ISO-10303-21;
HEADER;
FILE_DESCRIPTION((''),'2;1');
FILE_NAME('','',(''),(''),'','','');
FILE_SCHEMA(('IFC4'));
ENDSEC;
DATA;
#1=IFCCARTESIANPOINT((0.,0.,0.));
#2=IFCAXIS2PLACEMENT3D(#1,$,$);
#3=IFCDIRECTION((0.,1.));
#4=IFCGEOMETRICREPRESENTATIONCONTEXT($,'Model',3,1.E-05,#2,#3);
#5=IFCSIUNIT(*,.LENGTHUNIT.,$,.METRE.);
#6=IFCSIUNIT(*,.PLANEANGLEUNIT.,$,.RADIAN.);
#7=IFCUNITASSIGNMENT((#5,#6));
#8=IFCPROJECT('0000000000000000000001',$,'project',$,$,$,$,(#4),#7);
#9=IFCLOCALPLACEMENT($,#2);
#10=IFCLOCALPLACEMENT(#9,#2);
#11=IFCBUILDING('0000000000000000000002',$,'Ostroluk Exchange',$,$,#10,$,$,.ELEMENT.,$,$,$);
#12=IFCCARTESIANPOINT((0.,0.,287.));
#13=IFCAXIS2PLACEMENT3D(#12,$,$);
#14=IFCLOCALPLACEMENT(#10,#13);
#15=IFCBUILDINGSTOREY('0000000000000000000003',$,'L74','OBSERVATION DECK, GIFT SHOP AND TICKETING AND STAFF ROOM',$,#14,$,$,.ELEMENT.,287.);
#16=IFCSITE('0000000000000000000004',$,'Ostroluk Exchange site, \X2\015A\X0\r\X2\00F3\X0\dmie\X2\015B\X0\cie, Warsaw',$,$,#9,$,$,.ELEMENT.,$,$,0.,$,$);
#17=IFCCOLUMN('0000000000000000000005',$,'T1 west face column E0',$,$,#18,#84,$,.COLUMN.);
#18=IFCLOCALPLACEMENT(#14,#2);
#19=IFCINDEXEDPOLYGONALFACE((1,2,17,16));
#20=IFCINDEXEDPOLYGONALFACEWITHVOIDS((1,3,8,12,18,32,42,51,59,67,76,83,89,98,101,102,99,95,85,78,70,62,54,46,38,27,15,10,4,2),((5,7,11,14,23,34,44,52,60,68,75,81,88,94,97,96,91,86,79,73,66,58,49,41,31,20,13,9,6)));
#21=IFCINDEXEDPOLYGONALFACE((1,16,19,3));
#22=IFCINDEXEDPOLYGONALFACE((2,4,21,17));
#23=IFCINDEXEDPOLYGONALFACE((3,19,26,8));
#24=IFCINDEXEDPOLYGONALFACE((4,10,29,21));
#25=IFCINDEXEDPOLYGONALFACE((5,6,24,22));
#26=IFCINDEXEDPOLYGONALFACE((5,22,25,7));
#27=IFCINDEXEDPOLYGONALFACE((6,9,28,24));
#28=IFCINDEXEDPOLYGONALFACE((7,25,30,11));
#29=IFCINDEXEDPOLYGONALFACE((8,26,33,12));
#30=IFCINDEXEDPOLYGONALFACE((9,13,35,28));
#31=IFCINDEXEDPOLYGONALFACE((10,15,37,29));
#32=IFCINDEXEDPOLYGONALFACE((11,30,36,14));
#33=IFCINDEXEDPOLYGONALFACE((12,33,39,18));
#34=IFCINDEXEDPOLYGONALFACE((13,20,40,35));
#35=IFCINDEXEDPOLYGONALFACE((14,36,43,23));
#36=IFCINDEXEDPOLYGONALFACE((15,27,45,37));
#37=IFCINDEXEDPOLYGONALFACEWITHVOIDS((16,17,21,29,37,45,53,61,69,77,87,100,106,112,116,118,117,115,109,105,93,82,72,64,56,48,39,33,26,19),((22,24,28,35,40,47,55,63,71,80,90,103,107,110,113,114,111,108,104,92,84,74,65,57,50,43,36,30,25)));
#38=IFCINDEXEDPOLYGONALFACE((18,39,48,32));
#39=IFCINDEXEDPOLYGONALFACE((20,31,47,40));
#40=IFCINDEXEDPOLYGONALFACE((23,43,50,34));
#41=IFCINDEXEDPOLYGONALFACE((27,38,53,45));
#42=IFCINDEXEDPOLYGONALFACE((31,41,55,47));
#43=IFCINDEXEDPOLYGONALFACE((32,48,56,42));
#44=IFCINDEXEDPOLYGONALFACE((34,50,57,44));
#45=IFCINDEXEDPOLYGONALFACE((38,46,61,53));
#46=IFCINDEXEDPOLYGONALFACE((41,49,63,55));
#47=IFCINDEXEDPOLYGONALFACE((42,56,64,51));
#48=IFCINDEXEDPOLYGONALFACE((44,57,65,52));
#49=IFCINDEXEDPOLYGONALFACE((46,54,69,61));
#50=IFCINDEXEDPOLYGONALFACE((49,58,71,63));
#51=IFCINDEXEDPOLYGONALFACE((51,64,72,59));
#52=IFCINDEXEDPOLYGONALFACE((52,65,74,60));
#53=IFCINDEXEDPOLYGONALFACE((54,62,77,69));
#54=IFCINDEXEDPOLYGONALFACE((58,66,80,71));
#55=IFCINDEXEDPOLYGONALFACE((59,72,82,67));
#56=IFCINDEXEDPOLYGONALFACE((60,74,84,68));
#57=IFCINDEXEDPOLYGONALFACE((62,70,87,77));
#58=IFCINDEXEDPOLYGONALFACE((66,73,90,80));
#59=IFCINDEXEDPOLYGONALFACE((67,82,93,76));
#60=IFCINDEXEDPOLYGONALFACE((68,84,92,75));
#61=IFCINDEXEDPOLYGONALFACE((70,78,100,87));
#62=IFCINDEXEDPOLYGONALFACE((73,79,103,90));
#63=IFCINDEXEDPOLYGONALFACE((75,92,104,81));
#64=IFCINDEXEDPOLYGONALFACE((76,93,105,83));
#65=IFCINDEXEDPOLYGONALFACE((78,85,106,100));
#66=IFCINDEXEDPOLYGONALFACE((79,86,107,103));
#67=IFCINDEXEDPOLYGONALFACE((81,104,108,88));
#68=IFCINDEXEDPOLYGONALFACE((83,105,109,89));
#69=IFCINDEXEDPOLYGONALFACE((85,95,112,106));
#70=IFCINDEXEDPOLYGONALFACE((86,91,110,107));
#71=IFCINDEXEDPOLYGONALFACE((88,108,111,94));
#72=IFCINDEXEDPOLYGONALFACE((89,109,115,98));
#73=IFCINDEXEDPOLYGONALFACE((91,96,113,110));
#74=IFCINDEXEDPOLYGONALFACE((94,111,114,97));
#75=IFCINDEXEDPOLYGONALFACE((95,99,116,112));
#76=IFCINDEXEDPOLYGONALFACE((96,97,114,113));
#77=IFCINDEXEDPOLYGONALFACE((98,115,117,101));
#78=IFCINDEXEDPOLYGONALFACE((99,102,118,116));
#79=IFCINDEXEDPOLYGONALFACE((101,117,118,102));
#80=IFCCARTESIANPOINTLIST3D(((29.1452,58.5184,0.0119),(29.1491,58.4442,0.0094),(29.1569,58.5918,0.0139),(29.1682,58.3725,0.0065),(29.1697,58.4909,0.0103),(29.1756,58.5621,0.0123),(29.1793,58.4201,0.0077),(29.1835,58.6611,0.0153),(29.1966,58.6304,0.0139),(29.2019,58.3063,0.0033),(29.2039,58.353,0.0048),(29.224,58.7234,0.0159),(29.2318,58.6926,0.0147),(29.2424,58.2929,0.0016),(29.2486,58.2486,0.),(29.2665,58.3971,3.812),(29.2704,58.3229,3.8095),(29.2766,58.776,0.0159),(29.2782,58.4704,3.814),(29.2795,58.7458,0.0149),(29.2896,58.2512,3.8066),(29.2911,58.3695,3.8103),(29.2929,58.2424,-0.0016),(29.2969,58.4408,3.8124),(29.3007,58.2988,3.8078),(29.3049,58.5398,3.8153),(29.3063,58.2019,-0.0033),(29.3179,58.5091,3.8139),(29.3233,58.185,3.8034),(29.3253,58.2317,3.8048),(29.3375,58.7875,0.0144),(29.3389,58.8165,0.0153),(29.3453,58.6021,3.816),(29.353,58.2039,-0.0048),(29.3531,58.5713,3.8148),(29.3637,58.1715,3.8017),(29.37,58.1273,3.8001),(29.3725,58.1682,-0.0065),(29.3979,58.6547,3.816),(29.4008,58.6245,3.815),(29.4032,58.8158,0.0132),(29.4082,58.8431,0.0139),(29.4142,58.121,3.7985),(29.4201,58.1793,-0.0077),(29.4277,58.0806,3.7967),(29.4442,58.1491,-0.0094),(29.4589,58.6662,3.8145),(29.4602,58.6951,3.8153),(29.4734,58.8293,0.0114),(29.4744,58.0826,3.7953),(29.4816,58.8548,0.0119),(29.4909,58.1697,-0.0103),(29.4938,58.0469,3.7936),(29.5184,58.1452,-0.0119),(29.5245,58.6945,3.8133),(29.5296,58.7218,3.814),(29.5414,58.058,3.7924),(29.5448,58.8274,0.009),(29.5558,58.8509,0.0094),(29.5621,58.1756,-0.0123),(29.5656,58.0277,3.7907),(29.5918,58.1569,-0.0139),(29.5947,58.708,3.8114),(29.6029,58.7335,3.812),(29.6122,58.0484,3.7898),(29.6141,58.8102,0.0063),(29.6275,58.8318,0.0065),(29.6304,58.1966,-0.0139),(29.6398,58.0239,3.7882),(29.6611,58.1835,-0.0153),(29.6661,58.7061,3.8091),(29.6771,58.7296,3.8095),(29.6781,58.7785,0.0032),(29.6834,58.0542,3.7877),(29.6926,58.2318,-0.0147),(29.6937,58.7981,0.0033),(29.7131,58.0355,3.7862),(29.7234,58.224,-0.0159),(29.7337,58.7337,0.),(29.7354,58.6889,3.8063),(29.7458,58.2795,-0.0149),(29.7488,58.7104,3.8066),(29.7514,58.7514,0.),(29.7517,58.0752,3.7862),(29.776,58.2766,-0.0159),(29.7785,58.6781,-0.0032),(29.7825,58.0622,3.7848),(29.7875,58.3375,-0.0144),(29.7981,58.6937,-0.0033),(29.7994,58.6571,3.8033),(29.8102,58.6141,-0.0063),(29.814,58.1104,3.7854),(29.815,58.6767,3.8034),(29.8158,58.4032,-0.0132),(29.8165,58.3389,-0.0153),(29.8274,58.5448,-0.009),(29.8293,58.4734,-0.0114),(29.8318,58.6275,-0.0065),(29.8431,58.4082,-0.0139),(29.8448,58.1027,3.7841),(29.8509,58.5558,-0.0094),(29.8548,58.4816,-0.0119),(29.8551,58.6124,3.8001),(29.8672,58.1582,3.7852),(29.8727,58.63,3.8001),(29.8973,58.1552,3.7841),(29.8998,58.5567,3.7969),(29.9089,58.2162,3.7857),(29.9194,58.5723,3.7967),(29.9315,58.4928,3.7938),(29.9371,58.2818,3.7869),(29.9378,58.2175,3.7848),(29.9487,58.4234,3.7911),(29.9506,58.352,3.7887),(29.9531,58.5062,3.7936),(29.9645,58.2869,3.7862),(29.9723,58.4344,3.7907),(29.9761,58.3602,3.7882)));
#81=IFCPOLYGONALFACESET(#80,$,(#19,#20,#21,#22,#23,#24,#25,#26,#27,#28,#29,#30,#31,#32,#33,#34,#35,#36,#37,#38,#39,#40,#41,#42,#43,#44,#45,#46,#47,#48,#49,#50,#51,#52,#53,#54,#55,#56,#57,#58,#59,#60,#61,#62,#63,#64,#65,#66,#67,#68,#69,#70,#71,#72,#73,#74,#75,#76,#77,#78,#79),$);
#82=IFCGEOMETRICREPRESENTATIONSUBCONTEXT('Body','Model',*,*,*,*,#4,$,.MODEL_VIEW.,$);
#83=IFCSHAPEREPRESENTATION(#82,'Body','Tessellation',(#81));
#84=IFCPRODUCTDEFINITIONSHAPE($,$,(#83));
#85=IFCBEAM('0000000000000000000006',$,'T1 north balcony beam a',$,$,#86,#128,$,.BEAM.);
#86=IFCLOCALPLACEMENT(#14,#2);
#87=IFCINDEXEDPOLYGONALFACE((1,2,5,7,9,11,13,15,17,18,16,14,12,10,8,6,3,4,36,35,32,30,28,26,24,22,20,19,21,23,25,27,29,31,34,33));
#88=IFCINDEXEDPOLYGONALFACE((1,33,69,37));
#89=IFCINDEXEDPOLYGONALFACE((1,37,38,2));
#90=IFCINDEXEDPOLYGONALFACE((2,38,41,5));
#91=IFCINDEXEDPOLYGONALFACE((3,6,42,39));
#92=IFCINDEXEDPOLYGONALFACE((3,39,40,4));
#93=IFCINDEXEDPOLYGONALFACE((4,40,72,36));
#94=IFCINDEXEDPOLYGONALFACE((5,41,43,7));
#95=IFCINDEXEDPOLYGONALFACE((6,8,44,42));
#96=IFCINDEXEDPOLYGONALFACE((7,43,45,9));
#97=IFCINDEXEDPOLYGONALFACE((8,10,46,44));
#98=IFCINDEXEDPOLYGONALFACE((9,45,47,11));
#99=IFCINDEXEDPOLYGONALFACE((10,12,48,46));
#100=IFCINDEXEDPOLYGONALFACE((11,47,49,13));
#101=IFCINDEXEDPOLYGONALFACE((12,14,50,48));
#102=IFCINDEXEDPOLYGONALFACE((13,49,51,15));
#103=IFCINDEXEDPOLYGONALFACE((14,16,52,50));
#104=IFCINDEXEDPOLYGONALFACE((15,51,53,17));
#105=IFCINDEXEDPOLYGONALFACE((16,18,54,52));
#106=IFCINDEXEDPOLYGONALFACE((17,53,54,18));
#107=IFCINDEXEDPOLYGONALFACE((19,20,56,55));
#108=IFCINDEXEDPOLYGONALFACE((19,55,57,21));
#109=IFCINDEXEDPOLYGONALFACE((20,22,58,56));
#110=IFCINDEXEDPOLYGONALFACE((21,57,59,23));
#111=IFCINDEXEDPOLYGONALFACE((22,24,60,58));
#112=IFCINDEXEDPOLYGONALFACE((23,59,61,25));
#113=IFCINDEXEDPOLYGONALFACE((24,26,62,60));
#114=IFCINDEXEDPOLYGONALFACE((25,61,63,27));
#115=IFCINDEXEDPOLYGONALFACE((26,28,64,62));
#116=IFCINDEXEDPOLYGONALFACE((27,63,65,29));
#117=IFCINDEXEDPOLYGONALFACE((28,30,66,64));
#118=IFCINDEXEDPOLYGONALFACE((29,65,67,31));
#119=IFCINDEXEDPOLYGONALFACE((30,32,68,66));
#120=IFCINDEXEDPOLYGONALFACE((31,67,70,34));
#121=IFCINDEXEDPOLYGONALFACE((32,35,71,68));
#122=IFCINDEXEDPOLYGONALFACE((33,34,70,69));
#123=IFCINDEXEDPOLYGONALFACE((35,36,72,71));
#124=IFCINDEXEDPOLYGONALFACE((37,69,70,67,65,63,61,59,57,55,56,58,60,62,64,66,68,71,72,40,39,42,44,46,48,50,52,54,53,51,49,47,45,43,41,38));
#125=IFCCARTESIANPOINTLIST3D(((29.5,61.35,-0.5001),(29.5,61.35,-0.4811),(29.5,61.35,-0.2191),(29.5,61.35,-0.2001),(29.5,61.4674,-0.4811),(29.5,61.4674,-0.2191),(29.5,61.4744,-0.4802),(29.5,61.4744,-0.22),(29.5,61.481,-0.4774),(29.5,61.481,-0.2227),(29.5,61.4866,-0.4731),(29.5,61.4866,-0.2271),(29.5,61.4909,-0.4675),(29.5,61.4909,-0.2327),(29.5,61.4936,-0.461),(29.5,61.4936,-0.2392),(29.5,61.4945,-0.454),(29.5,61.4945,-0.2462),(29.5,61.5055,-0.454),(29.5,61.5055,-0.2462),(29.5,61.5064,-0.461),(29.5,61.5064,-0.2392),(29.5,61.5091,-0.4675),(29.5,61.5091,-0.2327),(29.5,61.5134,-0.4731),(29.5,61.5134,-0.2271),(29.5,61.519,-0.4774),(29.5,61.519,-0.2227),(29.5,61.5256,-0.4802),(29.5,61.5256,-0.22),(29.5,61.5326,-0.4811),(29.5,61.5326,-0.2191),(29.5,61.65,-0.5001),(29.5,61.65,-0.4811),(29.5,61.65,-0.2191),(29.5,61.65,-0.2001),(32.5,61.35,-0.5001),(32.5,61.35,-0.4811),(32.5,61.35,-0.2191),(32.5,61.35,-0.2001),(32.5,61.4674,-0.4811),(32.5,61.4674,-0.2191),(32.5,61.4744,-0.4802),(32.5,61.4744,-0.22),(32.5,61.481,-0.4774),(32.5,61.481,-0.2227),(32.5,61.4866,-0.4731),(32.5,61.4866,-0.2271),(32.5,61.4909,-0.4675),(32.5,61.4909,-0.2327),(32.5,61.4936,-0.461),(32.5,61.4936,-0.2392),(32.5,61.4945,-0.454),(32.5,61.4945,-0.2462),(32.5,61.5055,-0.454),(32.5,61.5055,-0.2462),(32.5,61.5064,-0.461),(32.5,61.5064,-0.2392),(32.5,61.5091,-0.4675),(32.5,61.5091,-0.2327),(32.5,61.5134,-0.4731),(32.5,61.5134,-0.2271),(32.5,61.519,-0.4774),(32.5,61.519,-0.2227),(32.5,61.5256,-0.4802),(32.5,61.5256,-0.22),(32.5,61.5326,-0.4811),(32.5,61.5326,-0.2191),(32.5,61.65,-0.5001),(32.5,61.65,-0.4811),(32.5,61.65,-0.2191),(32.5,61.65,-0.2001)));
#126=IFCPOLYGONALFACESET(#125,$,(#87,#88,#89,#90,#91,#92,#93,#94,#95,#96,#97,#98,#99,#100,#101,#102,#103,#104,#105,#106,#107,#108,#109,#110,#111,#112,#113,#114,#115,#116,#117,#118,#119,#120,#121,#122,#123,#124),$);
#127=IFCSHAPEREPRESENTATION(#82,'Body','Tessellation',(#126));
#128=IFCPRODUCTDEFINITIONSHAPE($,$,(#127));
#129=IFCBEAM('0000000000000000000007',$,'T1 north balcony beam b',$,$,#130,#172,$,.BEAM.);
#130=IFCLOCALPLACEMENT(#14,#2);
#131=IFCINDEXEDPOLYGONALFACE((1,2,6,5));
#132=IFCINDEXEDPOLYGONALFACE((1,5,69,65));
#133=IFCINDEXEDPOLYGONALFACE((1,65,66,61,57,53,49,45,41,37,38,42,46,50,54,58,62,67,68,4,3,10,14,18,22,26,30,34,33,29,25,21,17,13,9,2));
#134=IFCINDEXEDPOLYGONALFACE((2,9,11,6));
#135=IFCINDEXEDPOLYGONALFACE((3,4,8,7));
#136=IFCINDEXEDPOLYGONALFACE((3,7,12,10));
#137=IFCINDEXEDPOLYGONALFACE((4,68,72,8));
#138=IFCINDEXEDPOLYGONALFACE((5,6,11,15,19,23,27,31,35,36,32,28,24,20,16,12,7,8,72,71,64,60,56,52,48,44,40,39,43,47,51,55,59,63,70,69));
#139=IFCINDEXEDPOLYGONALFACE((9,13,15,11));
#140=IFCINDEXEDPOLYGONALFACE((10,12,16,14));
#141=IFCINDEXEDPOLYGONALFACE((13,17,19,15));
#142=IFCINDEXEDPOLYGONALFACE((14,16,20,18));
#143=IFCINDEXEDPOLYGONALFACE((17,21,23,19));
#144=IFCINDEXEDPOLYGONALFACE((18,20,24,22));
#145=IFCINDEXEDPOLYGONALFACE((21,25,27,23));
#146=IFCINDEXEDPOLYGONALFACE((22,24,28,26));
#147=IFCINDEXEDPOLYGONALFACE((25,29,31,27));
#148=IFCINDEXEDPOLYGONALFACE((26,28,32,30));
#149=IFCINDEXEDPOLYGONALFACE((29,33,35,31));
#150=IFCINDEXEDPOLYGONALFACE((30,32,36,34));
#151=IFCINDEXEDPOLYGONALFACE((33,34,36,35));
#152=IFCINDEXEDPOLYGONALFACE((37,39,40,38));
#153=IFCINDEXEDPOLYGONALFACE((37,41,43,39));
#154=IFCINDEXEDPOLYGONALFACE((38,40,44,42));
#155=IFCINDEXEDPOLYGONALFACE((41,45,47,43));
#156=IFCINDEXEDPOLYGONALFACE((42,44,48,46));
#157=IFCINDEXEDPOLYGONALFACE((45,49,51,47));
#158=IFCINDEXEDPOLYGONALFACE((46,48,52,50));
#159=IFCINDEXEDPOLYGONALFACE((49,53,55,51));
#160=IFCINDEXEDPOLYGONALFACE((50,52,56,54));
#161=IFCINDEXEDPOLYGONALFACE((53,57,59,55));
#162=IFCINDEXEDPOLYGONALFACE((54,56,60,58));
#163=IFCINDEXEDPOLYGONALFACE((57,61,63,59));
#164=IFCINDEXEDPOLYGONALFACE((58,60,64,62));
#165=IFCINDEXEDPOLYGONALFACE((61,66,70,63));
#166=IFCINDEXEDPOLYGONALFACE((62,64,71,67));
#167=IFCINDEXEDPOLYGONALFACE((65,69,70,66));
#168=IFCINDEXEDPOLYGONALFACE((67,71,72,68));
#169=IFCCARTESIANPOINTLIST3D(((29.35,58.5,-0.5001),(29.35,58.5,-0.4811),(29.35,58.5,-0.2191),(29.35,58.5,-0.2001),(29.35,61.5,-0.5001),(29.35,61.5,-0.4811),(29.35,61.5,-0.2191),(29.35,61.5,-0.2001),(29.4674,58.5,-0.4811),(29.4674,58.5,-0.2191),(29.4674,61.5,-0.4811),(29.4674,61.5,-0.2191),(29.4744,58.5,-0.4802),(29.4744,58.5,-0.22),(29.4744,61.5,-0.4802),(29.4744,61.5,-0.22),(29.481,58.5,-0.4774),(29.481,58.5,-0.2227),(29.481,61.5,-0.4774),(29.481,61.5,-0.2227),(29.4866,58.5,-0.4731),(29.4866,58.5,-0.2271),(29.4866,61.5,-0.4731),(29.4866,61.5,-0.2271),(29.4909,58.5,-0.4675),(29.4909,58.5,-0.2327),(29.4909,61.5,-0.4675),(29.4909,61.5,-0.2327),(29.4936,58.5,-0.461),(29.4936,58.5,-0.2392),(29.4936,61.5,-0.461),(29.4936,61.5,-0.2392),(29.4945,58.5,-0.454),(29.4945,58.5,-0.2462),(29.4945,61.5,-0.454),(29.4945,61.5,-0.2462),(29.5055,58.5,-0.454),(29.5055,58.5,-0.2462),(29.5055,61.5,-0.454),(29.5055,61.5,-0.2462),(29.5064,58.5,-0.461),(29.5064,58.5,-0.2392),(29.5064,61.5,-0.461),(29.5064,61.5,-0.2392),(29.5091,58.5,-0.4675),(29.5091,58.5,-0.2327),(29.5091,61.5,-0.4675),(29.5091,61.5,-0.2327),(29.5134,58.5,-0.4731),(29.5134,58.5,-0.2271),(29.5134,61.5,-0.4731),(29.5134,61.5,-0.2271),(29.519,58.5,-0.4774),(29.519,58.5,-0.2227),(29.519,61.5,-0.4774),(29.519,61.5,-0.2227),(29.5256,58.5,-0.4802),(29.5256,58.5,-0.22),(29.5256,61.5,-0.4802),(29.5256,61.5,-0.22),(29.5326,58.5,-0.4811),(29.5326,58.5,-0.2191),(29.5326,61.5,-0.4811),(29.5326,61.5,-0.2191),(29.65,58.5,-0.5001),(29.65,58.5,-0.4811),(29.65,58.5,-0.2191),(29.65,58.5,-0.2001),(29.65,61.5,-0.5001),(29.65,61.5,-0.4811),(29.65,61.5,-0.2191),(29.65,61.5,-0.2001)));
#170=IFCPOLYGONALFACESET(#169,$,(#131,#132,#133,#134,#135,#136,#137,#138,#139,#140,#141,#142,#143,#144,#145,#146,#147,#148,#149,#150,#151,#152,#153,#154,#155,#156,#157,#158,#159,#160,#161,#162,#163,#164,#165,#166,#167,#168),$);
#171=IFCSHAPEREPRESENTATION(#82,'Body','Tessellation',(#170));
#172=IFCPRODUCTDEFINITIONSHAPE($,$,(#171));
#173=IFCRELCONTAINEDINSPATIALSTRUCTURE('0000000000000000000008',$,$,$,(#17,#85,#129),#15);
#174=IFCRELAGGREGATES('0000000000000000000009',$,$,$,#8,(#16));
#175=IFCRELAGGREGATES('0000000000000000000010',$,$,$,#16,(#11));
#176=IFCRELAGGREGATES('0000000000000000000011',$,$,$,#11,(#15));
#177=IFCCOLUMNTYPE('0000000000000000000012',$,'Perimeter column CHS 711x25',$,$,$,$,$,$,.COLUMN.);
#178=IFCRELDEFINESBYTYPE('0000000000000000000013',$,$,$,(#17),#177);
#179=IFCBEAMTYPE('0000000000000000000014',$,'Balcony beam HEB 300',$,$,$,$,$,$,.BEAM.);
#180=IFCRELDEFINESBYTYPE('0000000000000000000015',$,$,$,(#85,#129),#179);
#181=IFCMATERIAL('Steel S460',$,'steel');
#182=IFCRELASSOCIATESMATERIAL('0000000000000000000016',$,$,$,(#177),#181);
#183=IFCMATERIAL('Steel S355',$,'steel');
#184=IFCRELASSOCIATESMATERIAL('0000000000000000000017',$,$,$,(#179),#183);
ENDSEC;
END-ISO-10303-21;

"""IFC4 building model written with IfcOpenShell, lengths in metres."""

from ifc_helpers import new_model, si_unit, direction, frame, origin, origin_2d, place, context, subcontext, project, spatial, hollow_circle, i_section, extrude, material, material_profile, profile_set, type_object, element, save


model = new_model("IFC4")

# Units and contexts
model_context = context("Model", 3, precision=1e-05, world=origin(), true_north=direction((0.0, 1.0)))
body_context = subcontext(model_context, "Body", "Model", "MODEL_VIEW")
ifc_project = project(units=[si_unit("LENGTHUNIT", "METRE"), si_unit("PLANEANGLEUNIT", "RADIAN")], contexts=[model_context])

# Site, building, storey
site_placement = place(None, origin())
site = spatial("IfcSite", under=ifc_project, at=site_placement, Name="Ostroluk Exchange site, Śródmieście, Warsaw", CompositionType="ELEMENT", RefElevation=0.0)
building_placement = place(site_placement, origin())
building = spatial("IfcBuilding", under=site, at=building_placement, Name="Ostroluk Exchange", CompositionType="ELEMENT")
storey_placement = place(building_placement, frame((0.0, 0.0, 287.0)))
storey = spatial("IfcBuildingStorey", under=building, at=storey_placement, Name="L74", Description="OBSERVATION DECK, GIFT SHOP AND TICKETING AND STAFF ROOM", CompositionType="ELEMENT", Elevation=287.0)

# Column
ifc_material_1 = material(Name="Steel S460", Category="steel")
ifc_material_profile_1 = material_profile(ifc_material_1, hollow_circle(Radius=0.3555, WallThickness=0.0249, at=origin_2d()), Name="CHS 711x25")
ifc_profile_set_1 = profile_set([ifc_material_profile_1], Name="Steel S460")
column_type_1 = type_object("IfcColumnType", Name="Perimeter column CHS 711x25", PredefinedType="COLUMN", material=ifc_profile_set_1)
column_1_placement = place(storey_placement, frame((29.5, 58.5, 0.0), z_axis=(0.031898, -0.031898, 0.998982), x_axis=(0.707107, 0.707107, 0.0)))
element("IfcColumn", 1, at=column_1_placement, inside=storey, type_object=column_type_1, Name="T1 west face column E0", PredefinedType="COLUMN", context=body_context, shape_type="SweptSolid", body=[
    extrude(hollow_circle(Radius=0.3555, WallThickness=0.0249, at=origin_2d()), origin(), (0.0, 0.0, 1.0), 3.804),
])

# Beams
ifc_material_2 = material(Name="Steel S355", Category="steel")
ifc_material_profile_2 = material_profile(ifc_material_2, i_section(OverallWidth=0.3, OverallDepth=0.3, WebThickness=0.011, FlangeThickness=0.019, FilletRadius=0.0271, at=origin_2d()), Name="HEB 300")
ifc_profile_set_2 = profile_set([ifc_material_profile_2], Name="Steel S355")
beam_type_1 = type_object("IfcBeamType", Name="Balcony beam HEB 300", PredefinedType="BEAM", material=ifc_profile_set_2)
for number, where, z_axis, x_axis, name in (
    (2, (32.5, 61.5, -0.3501), (-1.0, 0.0, 0.0), (0.0, -1.0, 0.0), "T1 north balcony beam a"),
    (3, (29.5, 58.5, -0.3501), (0.0, 1.0, 0.0), (-1.0, 0.0, 0.0), "T1 north balcony beam b"),
):
    element("IfcBeam", number, at=place(storey_placement, frame(where, z_axis=z_axis, x_axis=x_axis)), inside=storey, type_object=beam_type_1, Name=name, PredefinedType="BEAM", context=body_context, shape_type="SweptSolid", body=[
        extrude(i_section(OverallWidth=0.3, OverallDepth=0.3, WebThickness=0.011, FlangeThickness=0.019, FilletRadius=0.0271, at=origin_2d()), origin(), (0.0, 0.0, 1.0), 3.0),
    ])

save(model, "model.ifc")
